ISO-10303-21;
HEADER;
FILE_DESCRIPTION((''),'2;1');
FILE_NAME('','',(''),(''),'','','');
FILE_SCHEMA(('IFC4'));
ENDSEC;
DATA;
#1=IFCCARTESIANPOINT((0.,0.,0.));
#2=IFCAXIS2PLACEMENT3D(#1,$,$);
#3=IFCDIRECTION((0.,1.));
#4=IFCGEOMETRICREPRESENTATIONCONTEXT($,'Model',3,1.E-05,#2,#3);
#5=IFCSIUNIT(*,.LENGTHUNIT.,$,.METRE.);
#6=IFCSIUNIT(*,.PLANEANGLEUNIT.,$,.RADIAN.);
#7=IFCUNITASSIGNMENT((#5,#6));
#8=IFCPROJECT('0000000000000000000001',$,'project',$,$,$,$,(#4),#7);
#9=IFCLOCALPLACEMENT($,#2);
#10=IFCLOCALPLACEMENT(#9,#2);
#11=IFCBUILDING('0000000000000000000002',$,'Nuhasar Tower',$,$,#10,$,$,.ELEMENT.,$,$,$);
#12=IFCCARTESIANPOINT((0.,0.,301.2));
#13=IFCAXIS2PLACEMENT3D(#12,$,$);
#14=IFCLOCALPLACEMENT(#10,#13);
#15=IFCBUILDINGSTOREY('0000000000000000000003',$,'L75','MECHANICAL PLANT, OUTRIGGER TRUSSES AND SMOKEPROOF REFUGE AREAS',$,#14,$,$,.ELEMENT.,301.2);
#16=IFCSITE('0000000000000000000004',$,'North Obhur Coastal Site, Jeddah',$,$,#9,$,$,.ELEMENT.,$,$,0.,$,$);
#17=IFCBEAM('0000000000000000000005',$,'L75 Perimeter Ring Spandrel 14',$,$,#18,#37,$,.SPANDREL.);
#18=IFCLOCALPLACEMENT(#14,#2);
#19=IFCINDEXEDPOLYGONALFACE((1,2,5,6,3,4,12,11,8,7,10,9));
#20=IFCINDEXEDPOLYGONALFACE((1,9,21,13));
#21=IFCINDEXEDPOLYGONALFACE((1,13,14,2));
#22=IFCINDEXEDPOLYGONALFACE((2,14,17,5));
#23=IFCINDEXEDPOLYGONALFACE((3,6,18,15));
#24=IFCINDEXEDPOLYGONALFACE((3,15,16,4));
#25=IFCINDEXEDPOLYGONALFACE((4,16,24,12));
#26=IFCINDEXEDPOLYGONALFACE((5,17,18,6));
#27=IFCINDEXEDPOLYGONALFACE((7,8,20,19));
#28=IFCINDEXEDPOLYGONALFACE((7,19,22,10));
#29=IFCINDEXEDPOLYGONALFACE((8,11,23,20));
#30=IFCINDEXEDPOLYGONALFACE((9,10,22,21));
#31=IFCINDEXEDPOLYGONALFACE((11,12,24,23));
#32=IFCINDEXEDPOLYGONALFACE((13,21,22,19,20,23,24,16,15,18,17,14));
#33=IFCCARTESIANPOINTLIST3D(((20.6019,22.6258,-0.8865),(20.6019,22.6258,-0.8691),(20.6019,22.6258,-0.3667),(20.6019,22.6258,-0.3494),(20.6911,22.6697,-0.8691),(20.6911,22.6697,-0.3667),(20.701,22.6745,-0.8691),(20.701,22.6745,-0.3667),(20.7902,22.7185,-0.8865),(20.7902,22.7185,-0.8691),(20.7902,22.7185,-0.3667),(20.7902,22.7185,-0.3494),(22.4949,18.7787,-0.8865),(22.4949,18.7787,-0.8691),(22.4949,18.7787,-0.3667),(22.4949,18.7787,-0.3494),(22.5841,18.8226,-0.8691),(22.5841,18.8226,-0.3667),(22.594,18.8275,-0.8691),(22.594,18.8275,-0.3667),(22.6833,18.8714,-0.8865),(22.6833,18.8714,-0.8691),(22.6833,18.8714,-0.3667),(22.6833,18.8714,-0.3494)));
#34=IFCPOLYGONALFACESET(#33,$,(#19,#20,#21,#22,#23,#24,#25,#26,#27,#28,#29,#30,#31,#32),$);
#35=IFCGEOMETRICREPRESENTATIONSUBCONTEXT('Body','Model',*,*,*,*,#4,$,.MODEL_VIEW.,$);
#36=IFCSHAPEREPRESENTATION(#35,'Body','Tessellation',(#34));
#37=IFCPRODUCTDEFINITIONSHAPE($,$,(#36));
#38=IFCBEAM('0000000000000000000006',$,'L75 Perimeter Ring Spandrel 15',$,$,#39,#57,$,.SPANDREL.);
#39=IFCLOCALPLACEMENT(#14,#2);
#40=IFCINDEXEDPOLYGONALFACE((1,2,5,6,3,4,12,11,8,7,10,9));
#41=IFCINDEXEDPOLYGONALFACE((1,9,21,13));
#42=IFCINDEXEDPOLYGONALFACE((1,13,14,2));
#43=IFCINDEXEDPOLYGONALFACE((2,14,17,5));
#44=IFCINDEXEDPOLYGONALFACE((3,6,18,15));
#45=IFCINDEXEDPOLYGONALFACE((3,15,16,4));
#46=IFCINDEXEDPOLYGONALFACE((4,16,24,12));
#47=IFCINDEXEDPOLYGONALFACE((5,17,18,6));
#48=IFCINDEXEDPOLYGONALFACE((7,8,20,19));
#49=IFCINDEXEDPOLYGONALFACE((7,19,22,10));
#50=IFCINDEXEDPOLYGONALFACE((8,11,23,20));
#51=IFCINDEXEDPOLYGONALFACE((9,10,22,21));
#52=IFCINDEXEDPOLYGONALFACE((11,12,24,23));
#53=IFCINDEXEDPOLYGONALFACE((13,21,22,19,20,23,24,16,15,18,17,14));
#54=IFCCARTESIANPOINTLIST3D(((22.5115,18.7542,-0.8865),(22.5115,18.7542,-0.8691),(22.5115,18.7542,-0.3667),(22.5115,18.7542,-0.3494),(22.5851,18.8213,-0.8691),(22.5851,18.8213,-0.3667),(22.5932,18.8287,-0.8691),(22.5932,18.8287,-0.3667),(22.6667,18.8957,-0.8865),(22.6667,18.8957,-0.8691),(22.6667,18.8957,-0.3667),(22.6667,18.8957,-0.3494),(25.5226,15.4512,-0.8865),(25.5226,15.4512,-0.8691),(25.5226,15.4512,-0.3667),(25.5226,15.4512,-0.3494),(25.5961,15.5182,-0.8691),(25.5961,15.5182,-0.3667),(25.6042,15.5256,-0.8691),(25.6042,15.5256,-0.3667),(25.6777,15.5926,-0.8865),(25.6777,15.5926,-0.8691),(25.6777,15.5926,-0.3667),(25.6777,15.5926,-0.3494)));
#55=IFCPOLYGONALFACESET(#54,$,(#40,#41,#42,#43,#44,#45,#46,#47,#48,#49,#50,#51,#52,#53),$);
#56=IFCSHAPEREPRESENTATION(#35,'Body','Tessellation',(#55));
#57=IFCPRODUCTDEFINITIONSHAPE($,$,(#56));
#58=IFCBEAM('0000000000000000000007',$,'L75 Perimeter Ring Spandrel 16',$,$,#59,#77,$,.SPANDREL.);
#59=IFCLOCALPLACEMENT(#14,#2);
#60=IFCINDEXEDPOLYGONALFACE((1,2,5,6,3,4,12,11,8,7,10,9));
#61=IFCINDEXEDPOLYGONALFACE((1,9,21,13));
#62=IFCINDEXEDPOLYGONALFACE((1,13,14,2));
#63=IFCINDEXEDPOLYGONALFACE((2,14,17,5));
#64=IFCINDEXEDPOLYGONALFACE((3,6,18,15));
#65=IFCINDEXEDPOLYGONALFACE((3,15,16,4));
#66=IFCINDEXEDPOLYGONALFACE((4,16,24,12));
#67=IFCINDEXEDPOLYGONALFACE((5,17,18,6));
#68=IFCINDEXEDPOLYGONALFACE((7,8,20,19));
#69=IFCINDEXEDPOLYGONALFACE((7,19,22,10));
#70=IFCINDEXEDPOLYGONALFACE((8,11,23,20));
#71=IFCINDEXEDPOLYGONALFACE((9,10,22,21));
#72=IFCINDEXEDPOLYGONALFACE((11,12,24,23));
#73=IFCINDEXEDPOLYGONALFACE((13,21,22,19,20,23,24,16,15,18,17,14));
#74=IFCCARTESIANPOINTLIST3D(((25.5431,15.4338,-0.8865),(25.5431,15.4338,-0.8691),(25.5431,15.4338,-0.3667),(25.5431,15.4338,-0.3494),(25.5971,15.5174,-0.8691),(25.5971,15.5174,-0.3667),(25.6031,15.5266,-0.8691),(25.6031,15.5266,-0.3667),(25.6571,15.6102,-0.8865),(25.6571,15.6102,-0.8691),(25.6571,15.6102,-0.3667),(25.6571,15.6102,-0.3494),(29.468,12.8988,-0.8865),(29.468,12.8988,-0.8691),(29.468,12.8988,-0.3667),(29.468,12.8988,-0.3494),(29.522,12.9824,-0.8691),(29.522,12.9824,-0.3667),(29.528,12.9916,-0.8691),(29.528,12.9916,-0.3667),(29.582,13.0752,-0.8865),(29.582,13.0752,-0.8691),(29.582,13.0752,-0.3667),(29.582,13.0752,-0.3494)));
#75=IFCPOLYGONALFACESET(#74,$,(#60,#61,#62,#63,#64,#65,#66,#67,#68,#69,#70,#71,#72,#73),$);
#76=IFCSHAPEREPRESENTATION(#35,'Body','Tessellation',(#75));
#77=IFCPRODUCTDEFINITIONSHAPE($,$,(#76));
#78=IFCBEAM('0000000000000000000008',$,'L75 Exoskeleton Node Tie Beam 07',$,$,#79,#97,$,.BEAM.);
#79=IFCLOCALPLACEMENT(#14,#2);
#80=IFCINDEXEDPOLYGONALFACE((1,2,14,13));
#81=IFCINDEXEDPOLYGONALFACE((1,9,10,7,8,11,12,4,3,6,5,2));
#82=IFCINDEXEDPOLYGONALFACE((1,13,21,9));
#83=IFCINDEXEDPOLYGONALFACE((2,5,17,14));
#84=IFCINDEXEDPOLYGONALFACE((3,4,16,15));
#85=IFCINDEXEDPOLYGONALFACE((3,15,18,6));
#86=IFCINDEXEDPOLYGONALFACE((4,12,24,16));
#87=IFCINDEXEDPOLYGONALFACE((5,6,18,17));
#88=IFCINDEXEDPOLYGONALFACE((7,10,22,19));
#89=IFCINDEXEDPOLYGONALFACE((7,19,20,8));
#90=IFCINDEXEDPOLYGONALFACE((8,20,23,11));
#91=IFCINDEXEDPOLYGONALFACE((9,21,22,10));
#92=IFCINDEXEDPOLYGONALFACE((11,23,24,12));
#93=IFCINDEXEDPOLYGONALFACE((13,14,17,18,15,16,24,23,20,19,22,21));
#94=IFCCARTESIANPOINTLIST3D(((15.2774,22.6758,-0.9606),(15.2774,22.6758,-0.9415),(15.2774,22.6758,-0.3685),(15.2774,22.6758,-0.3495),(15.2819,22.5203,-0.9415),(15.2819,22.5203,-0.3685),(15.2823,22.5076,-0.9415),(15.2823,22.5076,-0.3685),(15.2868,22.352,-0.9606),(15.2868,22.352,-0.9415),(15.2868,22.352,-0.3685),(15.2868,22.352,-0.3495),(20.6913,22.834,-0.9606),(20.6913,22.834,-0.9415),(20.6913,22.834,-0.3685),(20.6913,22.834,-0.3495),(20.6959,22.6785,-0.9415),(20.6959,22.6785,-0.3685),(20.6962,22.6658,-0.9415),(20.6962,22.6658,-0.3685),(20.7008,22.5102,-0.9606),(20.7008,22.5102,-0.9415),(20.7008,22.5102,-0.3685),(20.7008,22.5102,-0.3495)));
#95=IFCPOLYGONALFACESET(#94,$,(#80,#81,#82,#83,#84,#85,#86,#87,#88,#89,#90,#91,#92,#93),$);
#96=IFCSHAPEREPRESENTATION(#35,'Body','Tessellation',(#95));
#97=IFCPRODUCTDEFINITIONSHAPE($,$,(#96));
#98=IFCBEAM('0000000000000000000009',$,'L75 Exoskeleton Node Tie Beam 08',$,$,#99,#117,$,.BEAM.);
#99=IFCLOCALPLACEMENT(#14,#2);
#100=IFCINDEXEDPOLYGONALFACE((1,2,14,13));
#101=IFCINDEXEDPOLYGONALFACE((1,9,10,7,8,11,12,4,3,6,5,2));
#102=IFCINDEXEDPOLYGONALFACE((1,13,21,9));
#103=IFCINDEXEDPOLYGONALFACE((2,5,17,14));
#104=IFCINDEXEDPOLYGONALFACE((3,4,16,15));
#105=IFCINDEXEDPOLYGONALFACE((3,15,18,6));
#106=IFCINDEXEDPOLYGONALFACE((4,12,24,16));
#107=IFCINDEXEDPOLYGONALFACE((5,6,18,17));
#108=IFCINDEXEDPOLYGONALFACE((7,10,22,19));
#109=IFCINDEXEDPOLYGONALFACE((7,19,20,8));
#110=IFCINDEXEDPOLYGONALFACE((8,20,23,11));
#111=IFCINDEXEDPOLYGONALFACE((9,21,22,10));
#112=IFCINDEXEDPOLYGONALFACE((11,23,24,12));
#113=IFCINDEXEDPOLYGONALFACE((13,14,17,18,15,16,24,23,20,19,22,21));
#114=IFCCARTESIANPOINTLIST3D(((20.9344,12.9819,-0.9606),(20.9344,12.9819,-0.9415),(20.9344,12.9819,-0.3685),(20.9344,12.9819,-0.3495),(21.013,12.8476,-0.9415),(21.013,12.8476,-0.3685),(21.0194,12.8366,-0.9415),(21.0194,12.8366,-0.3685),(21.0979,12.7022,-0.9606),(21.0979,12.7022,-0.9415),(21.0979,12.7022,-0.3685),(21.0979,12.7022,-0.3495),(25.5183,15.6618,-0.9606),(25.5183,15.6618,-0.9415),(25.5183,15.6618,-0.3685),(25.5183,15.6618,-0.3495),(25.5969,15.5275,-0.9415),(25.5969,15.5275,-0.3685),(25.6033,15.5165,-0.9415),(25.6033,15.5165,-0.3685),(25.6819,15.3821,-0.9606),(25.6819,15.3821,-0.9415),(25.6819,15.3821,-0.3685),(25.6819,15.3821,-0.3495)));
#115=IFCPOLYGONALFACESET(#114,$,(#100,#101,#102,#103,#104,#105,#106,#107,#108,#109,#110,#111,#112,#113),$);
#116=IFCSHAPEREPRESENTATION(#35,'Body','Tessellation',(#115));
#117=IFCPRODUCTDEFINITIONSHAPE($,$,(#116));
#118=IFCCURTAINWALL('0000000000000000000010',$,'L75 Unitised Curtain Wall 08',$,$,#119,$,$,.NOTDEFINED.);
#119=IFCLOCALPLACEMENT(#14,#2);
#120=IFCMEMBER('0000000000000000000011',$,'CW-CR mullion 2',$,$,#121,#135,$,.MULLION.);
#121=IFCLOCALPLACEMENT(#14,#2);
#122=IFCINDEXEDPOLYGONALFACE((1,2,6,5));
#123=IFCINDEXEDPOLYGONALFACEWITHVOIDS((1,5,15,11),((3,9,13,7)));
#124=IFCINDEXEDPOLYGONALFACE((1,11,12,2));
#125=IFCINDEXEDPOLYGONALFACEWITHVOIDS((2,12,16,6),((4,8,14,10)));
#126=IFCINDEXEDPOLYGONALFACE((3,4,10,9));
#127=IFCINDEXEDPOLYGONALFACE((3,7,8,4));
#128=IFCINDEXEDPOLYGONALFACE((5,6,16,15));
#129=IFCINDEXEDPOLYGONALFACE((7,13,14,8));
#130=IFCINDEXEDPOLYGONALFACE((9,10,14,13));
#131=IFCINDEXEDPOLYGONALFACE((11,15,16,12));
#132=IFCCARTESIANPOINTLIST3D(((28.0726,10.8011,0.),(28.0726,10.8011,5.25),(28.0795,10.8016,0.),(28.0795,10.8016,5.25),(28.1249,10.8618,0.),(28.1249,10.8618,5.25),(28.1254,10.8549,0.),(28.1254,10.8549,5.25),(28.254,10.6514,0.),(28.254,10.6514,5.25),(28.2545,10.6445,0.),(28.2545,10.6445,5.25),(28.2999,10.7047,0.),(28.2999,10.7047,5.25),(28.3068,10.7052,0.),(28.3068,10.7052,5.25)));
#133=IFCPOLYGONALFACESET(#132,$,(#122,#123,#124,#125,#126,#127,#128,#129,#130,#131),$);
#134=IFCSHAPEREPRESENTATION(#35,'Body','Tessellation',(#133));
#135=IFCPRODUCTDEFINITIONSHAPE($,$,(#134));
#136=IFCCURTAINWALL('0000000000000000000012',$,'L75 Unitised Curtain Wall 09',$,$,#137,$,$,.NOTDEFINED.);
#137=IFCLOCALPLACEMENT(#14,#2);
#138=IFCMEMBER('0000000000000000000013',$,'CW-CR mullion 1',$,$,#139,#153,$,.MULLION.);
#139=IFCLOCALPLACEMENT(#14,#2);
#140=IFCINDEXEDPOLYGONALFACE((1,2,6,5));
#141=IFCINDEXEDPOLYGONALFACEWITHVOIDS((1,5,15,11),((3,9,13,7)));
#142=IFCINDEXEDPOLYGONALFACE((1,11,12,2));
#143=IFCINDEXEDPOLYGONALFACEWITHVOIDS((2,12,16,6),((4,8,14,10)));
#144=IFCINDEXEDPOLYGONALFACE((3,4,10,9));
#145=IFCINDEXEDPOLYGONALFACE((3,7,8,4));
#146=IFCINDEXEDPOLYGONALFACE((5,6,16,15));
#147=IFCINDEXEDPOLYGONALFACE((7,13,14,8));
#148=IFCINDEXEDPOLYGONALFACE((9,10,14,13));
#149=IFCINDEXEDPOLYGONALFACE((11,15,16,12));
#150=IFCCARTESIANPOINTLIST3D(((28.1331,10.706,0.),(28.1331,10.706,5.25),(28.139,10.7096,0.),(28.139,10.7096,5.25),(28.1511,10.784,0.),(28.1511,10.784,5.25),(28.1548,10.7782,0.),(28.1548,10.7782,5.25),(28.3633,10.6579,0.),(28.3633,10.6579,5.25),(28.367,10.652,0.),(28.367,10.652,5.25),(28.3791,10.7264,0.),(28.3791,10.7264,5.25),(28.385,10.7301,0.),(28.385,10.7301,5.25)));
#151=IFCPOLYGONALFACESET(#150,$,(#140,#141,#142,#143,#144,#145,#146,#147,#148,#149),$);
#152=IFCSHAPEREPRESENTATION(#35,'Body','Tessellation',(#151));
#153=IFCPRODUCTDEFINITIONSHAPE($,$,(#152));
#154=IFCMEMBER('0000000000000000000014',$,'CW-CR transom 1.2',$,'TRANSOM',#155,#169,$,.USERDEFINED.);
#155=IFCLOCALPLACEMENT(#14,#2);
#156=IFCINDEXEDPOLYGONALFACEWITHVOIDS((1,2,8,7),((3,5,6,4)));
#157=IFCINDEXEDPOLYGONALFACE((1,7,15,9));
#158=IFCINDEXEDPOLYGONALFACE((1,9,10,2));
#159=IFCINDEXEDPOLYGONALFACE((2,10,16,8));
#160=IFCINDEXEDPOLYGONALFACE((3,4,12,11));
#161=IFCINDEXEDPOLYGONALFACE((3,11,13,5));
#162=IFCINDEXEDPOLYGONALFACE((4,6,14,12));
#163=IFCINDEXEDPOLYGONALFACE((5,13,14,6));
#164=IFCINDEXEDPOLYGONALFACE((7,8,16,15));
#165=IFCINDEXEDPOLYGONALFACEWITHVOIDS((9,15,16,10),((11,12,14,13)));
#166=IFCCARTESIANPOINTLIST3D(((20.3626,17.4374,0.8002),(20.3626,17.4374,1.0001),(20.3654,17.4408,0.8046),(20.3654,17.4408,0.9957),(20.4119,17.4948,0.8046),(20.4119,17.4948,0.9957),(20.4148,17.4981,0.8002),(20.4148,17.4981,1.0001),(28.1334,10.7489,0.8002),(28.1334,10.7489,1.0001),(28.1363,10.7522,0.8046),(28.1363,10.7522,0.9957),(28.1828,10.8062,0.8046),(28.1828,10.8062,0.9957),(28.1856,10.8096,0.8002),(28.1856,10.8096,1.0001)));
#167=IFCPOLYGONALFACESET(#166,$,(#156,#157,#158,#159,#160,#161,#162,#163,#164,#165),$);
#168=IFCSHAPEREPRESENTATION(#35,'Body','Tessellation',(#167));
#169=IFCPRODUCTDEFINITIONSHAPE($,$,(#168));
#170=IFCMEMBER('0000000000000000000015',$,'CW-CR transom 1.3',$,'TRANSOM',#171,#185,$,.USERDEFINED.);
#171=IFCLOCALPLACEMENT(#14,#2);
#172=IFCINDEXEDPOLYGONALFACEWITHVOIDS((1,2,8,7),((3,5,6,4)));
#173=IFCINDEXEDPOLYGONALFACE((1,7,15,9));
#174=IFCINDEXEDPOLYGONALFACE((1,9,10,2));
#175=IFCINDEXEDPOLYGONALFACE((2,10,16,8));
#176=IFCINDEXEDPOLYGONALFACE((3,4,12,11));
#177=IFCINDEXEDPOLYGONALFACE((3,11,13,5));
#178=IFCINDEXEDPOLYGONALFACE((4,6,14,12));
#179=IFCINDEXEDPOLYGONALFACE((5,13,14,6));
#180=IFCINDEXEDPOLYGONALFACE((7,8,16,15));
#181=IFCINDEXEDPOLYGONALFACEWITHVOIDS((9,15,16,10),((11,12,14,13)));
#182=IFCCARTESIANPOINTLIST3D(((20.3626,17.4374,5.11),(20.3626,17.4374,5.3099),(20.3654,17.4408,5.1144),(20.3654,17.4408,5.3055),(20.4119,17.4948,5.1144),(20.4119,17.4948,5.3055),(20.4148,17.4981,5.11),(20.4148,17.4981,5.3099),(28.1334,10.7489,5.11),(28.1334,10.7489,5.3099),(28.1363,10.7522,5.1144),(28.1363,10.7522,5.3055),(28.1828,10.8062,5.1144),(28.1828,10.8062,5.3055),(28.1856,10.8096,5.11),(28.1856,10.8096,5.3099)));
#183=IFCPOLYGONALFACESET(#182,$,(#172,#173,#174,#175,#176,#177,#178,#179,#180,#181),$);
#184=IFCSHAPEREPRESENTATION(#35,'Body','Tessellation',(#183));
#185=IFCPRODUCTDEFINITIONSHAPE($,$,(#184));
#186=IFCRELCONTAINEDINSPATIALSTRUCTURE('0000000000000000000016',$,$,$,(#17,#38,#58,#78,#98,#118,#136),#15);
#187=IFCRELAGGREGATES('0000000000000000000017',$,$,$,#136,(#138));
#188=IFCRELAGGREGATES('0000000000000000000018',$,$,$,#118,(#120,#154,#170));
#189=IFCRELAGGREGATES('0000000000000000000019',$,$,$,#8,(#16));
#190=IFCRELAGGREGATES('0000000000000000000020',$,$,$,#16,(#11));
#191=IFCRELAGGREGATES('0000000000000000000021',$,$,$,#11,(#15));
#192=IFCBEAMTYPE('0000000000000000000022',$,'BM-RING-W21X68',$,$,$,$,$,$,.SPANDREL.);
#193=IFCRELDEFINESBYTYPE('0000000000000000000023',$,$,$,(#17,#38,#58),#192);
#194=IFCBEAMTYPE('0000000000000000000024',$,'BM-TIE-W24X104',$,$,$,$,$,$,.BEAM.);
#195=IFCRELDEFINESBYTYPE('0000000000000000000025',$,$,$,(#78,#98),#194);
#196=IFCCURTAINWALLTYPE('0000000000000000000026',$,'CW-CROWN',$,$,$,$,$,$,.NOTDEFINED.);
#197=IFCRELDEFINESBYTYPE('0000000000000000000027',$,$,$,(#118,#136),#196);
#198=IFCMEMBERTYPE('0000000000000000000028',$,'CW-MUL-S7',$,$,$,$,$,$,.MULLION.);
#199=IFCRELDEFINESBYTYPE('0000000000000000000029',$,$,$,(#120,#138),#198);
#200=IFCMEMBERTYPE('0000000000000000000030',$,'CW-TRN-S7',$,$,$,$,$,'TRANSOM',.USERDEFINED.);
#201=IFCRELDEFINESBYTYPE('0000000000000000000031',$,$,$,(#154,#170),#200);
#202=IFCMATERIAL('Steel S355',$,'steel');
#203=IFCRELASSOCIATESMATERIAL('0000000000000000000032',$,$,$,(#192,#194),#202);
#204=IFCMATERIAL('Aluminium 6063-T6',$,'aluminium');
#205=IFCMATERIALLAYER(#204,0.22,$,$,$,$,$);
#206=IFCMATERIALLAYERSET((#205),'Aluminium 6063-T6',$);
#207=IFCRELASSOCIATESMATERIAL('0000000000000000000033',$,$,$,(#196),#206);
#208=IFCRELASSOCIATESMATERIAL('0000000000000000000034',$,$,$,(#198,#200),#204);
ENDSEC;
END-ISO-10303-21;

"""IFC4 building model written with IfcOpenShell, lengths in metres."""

from ifc_helpers import new_model, si_unit, direction, frame, origin, origin_2d, place, context, subcontext, project, spatial, hollow_rectangle, i_section, extrude, material, layer, layer_set, material_profile, profile_set, type_object, element, aggregate, save


model = new_model("IFC4")

# Units and contexts
model_context = context("Model", 3, precision=1e-05, world=origin(), true_north=direction((0.0, 1.0)))
body_context = subcontext(model_context, "Body", "Model", "MODEL_VIEW")
ifc_project = project(units=[si_unit("LENGTHUNIT", "METRE"), si_unit("PLANEANGLEUNIT", "RADIAN")], contexts=[model_context])

# Site, building, storey
site_placement = place(None, origin())
site = spatial("IfcSite", under=ifc_project, at=site_placement, Name="North Obhur Coastal Site, Jeddah", CompositionType="ELEMENT", RefElevation=0.0)
building_placement = place(site_placement, origin())
building = spatial("IfcBuilding", under=site, at=building_placement, Name="Nuhasar Tower", CompositionType="ELEMENT")
storey_placement = place(building_placement, frame((0.0, 0.0, 301.2)))
storey = spatial("IfcBuildingStorey", under=building, at=storey_placement, Name="L75", Description="MECHANICAL PLANT, OUTRIGGER TRUSSES AND SMOKEPROOF REFUGE AREAS", CompositionType="ELEMENT", Elevation=301.2)

# Beams
ifc_material_1 = material(Name="Steel S355", Category="steel")
ifc_material_profile_1 = material_profile(ifc_material_1, i_section(OverallWidth=0.21, OverallDepth=0.5371, WebThickness=0.011, FlangeThickness=0.0173, at=origin_2d()), Name="W21X68")
ifc_profile_set_1 = profile_set([ifc_material_profile_1], Name="Steel S355")
beam_type_1 = type_object("IfcBeamType", Name="BM-RING-W21X68", PredefinedType="SPANDREL", material=ifc_profile_set_1)
beam_1_placement = place(storey_placement, frame((20.696, 22.6721, -0.6179), z_axis=(0.441511, -0.897256, 0.0), x_axis=(0.897256, 0.441511, 0.0)))
element("IfcBeam", 1, at=beam_1_placement, inside=storey, type_object=beam_type_1, Name="L75 Perimeter Ring Spandrel 14", PredefinedType="SPANDREL", context=body_context, shape_type="SweptSolid", body=[
    extrude(i_section(OverallWidth=0.21, OverallDepth=0.5371, WebThickness=0.011, FlangeThickness=0.0173, at=origin_2d()), origin(), (0.0, 0.0, 1.0), 4.2876),
])
beam_2_placement = place(storey_placement, frame((22.5891, 18.825, -0.6179), z_axis=(0.673686, -0.739017, 0.0), x_axis=(0.739017, 0.673686, 0.0)))
element("IfcBeam", 2, at=beam_2_placement, inside=storey, type_object=beam_type_1, Name="L75 Perimeter Ring Spandrel 15", PredefinedType="SPANDREL", context=body_context, shape_type="SweptSolid", body=[
    extrude(i_section(OverallWidth=0.21, OverallDepth=0.5371, WebThickness=0.011, FlangeThickness=0.0173, at=origin_2d()), origin(), (0.0, 0.0, 1.0), 4.4695),
])
beam_3_placement = place(storey_placement, frame((25.6001, 15.522, -0.6179), z_axis=(0.840025, -0.542547, 0.0), x_axis=(0.542547, 0.840025, 0.0)))
element("IfcBeam", 3, at=beam_3_placement, inside=storey, type_object=beam_type_1, Name="L75 Perimeter Ring Spandrel 16", PredefinedType="SPANDREL", context=body_context, shape_type="SweptSolid", body=[
    extrude(i_section(OverallWidth=0.21, OverallDepth=0.5371, WebThickness=0.011, FlangeThickness=0.0173, at=origin_2d()), origin(), (0.0, 0.0, 1.0), 4.6724),
])
ifc_material_profile_2 = material_profile(ifc_material_1, i_section(OverallWidth=0.324, OverallDepth=0.6111, WebThickness=0.0127, FlangeThickness=0.019, at=origin_2d()), Name="W24X104")
ifc_profile_set_2 = profile_set([ifc_material_profile_2], Name="Steel S355")
beam_type_2 = type_object("IfcBeamType", Name="BM-TIE-W24X104", PredefinedType="BEAM", material=ifc_profile_set_2)
beam_4_placement = place(storey_placement, frame((20.696, 22.6721, -0.655), z_axis=(-0.999573, -0.029208, 0.0), x_axis=(0.029208, -0.999573, 0.0)))
element("IfcBeam", 4, at=beam_4_placement, inside=storey, type_object=beam_type_2, Name="L75 Exoskeleton Node Tie Beam 07", PredefinedType="BEAM", context=body_context, shape_type="SweptSolid", body=[
    extrude(i_section(OverallWidth=0.324, OverallDepth=0.6111, WebThickness=0.0127, FlangeThickness=0.019, at=origin_2d()), origin(), (0.0, 0.0, 1.0), 5.4163),
])
beam_5_placement = place(storey_placement, frame((25.6001, 15.522, -0.655), z_axis=(-0.863292, -0.504706, 0.0), x_axis=(0.504706, -0.863292, 0.0)))
element("IfcBeam", 5, at=beam_5_placement, inside=storey, type_object=beam_type_2, Name="L75 Exoskeleton Node Tie Beam 08", PredefinedType="BEAM", context=body_context, shape_type="SweptSolid", body=[
    extrude(i_section(OverallWidth=0.324, OverallDepth=0.6111, WebThickness=0.0127, FlangeThickness=0.019, at=origin_2d()), origin(), (0.0, 0.0, 1.0), 5.3098),
])

# Curtain walls, members
ifc_material_2 = material(Name="Aluminium 6063-T6", Category="aluminium")
ifc_layer_1 = layer(ifc_material_2, 0.22)
ifc_layer_set_1 = layer_set([ifc_layer_1], Name="Aluminium 6063-T6")
curtain_wall_type = type_object("IfcCurtainWallType", Name="CW-CROWN", PredefinedType="NOTDEFINED", material=ifc_layer_set_1)
curtain_wall_1_placement = place(storey_placement, origin())
curtain_wall_1 = element("IfcCurtainWall", 6, at=curtain_wall_1_placement, inside=storey, type_object=curtain_wall_type, Name="L75 Unitised Curtain Wall 08", PredefinedType="NOTDEFINED")
ifc_material_profile_3 = material_profile(ifc_material_2, hollow_rectangle(XDim=0.0801, YDim=0.24, WallThickness=0.0049, at=origin_2d()), Name="CWM-7")
ifc_profile_set_3 = profile_set([ifc_material_profile_3], Name="Aluminium 6063-T6")
member_type_1 = type_object("IfcMemberType", Name="CW-MUL-S7", PredefinedType="MULLION", material=ifc_profile_set_3)
member_1_placement = place(storey_placement, frame((28.1897, 10.7532, 0.0), z_axis=(0.0, 0.0, 1.0), x_axis=(0.652364, 0.757906, 0.0)))
member_1 = element("IfcMember", 7, at=member_1_placement, type_object=member_type_1, Name="CW-CR mullion 2", PredefinedType="MULLION", context=body_context, shape_type="SweptSolid", body=[
    extrude(hollow_rectangle(XDim=0.0801, YDim=0.24, WallThickness=0.0049, at=origin_2d()), origin(), (0.0, 0.0, 1.0), 5.25),
])
curtain_wall_2_placement = place(storey_placement, origin())
curtain_wall_2 = element("IfcCurtainWall", 8, at=curtain_wall_2_placement, inside=storey, type_object=curtain_wall_type, Name="L75 Unitised Curtain Wall 09", PredefinedType="NOTDEFINED")
member_2_placement = place(storey_placement, frame((28.259, 10.718, 0.0), z_axis=(0.0, 0.0, 1.0), x_axis=(0.2248, 0.974405, 0.0)))
member_2 = element("IfcMember", 9, at=member_2_placement, type_object=member_type_1, Name="CW-CR mullion 1", PredefinedType="MULLION", context=body_context, shape_type="SweptSolid", body=[
    extrude(hollow_rectangle(XDim=0.0801, YDim=0.24, WallThickness=0.0049, at=origin_2d()), origin(), (0.0, 0.0, 1.0), 5.25),
])

# Members
ifc_material_profile_4 = material_profile(ifc_material_2, hollow_rectangle(XDim=0.0801, YDim=0.2, WallThickness=0.0044, at=origin_2d()), Name="CWT-7")
ifc_profile_set_4 = profile_set([ifc_material_profile_4], Name="Aluminium 6063-T6")
member_type_2 = type_object("IfcMemberType", Name="CW-TRN-S7", ElementType="TRANSOM", PredefinedType="USERDEFINED", material=ifc_profile_set_4)
member_3_placement = place(storey_placement, frame((20.3887, 17.4678, 0.9001), z_axis=(0.757914, -0.652355, 0.0), x_axis=(0.652355, 0.757914, 0.0)))
member_3 = element("IfcMember", 10, at=member_3_placement, type_object=member_type_2, Name="CW-CR transom 1.2", ObjectType="TRANSOM", PredefinedType="USERDEFINED", context=body_context, shape_type="SweptSolid", body=[
    extrude(hollow_rectangle(XDim=0.0801, YDim=0.2, WallThickness=0.0044, at=origin_2d()), origin(), (0.0, 0.0, 1.0), 10.2529),
])
member_4_placement = place(storey_placement, frame((20.3887, 17.4678, 5.21), z_axis=(0.757914, -0.652355, 0.0), x_axis=(0.652355, 0.757914, 0.0)))
member_4 = element("IfcMember", 11, at=member_4_placement, type_object=member_type_2, Name="CW-CR transom 1.3", ObjectType="TRANSOM", PredefinedType="USERDEFINED", context=body_context, shape_type="SweptSolid", body=[
    extrude(hollow_rectangle(XDim=0.0801, YDim=0.2, WallThickness=0.0044, at=origin_2d()), origin(), (0.0, 0.0, 1.0), 10.2529),
])
aggregate(curtain_wall_2, [member_2])

aggregate(curtain_wall_1, [member_1, member_3, member_4])

save(model, "model.ifc")
